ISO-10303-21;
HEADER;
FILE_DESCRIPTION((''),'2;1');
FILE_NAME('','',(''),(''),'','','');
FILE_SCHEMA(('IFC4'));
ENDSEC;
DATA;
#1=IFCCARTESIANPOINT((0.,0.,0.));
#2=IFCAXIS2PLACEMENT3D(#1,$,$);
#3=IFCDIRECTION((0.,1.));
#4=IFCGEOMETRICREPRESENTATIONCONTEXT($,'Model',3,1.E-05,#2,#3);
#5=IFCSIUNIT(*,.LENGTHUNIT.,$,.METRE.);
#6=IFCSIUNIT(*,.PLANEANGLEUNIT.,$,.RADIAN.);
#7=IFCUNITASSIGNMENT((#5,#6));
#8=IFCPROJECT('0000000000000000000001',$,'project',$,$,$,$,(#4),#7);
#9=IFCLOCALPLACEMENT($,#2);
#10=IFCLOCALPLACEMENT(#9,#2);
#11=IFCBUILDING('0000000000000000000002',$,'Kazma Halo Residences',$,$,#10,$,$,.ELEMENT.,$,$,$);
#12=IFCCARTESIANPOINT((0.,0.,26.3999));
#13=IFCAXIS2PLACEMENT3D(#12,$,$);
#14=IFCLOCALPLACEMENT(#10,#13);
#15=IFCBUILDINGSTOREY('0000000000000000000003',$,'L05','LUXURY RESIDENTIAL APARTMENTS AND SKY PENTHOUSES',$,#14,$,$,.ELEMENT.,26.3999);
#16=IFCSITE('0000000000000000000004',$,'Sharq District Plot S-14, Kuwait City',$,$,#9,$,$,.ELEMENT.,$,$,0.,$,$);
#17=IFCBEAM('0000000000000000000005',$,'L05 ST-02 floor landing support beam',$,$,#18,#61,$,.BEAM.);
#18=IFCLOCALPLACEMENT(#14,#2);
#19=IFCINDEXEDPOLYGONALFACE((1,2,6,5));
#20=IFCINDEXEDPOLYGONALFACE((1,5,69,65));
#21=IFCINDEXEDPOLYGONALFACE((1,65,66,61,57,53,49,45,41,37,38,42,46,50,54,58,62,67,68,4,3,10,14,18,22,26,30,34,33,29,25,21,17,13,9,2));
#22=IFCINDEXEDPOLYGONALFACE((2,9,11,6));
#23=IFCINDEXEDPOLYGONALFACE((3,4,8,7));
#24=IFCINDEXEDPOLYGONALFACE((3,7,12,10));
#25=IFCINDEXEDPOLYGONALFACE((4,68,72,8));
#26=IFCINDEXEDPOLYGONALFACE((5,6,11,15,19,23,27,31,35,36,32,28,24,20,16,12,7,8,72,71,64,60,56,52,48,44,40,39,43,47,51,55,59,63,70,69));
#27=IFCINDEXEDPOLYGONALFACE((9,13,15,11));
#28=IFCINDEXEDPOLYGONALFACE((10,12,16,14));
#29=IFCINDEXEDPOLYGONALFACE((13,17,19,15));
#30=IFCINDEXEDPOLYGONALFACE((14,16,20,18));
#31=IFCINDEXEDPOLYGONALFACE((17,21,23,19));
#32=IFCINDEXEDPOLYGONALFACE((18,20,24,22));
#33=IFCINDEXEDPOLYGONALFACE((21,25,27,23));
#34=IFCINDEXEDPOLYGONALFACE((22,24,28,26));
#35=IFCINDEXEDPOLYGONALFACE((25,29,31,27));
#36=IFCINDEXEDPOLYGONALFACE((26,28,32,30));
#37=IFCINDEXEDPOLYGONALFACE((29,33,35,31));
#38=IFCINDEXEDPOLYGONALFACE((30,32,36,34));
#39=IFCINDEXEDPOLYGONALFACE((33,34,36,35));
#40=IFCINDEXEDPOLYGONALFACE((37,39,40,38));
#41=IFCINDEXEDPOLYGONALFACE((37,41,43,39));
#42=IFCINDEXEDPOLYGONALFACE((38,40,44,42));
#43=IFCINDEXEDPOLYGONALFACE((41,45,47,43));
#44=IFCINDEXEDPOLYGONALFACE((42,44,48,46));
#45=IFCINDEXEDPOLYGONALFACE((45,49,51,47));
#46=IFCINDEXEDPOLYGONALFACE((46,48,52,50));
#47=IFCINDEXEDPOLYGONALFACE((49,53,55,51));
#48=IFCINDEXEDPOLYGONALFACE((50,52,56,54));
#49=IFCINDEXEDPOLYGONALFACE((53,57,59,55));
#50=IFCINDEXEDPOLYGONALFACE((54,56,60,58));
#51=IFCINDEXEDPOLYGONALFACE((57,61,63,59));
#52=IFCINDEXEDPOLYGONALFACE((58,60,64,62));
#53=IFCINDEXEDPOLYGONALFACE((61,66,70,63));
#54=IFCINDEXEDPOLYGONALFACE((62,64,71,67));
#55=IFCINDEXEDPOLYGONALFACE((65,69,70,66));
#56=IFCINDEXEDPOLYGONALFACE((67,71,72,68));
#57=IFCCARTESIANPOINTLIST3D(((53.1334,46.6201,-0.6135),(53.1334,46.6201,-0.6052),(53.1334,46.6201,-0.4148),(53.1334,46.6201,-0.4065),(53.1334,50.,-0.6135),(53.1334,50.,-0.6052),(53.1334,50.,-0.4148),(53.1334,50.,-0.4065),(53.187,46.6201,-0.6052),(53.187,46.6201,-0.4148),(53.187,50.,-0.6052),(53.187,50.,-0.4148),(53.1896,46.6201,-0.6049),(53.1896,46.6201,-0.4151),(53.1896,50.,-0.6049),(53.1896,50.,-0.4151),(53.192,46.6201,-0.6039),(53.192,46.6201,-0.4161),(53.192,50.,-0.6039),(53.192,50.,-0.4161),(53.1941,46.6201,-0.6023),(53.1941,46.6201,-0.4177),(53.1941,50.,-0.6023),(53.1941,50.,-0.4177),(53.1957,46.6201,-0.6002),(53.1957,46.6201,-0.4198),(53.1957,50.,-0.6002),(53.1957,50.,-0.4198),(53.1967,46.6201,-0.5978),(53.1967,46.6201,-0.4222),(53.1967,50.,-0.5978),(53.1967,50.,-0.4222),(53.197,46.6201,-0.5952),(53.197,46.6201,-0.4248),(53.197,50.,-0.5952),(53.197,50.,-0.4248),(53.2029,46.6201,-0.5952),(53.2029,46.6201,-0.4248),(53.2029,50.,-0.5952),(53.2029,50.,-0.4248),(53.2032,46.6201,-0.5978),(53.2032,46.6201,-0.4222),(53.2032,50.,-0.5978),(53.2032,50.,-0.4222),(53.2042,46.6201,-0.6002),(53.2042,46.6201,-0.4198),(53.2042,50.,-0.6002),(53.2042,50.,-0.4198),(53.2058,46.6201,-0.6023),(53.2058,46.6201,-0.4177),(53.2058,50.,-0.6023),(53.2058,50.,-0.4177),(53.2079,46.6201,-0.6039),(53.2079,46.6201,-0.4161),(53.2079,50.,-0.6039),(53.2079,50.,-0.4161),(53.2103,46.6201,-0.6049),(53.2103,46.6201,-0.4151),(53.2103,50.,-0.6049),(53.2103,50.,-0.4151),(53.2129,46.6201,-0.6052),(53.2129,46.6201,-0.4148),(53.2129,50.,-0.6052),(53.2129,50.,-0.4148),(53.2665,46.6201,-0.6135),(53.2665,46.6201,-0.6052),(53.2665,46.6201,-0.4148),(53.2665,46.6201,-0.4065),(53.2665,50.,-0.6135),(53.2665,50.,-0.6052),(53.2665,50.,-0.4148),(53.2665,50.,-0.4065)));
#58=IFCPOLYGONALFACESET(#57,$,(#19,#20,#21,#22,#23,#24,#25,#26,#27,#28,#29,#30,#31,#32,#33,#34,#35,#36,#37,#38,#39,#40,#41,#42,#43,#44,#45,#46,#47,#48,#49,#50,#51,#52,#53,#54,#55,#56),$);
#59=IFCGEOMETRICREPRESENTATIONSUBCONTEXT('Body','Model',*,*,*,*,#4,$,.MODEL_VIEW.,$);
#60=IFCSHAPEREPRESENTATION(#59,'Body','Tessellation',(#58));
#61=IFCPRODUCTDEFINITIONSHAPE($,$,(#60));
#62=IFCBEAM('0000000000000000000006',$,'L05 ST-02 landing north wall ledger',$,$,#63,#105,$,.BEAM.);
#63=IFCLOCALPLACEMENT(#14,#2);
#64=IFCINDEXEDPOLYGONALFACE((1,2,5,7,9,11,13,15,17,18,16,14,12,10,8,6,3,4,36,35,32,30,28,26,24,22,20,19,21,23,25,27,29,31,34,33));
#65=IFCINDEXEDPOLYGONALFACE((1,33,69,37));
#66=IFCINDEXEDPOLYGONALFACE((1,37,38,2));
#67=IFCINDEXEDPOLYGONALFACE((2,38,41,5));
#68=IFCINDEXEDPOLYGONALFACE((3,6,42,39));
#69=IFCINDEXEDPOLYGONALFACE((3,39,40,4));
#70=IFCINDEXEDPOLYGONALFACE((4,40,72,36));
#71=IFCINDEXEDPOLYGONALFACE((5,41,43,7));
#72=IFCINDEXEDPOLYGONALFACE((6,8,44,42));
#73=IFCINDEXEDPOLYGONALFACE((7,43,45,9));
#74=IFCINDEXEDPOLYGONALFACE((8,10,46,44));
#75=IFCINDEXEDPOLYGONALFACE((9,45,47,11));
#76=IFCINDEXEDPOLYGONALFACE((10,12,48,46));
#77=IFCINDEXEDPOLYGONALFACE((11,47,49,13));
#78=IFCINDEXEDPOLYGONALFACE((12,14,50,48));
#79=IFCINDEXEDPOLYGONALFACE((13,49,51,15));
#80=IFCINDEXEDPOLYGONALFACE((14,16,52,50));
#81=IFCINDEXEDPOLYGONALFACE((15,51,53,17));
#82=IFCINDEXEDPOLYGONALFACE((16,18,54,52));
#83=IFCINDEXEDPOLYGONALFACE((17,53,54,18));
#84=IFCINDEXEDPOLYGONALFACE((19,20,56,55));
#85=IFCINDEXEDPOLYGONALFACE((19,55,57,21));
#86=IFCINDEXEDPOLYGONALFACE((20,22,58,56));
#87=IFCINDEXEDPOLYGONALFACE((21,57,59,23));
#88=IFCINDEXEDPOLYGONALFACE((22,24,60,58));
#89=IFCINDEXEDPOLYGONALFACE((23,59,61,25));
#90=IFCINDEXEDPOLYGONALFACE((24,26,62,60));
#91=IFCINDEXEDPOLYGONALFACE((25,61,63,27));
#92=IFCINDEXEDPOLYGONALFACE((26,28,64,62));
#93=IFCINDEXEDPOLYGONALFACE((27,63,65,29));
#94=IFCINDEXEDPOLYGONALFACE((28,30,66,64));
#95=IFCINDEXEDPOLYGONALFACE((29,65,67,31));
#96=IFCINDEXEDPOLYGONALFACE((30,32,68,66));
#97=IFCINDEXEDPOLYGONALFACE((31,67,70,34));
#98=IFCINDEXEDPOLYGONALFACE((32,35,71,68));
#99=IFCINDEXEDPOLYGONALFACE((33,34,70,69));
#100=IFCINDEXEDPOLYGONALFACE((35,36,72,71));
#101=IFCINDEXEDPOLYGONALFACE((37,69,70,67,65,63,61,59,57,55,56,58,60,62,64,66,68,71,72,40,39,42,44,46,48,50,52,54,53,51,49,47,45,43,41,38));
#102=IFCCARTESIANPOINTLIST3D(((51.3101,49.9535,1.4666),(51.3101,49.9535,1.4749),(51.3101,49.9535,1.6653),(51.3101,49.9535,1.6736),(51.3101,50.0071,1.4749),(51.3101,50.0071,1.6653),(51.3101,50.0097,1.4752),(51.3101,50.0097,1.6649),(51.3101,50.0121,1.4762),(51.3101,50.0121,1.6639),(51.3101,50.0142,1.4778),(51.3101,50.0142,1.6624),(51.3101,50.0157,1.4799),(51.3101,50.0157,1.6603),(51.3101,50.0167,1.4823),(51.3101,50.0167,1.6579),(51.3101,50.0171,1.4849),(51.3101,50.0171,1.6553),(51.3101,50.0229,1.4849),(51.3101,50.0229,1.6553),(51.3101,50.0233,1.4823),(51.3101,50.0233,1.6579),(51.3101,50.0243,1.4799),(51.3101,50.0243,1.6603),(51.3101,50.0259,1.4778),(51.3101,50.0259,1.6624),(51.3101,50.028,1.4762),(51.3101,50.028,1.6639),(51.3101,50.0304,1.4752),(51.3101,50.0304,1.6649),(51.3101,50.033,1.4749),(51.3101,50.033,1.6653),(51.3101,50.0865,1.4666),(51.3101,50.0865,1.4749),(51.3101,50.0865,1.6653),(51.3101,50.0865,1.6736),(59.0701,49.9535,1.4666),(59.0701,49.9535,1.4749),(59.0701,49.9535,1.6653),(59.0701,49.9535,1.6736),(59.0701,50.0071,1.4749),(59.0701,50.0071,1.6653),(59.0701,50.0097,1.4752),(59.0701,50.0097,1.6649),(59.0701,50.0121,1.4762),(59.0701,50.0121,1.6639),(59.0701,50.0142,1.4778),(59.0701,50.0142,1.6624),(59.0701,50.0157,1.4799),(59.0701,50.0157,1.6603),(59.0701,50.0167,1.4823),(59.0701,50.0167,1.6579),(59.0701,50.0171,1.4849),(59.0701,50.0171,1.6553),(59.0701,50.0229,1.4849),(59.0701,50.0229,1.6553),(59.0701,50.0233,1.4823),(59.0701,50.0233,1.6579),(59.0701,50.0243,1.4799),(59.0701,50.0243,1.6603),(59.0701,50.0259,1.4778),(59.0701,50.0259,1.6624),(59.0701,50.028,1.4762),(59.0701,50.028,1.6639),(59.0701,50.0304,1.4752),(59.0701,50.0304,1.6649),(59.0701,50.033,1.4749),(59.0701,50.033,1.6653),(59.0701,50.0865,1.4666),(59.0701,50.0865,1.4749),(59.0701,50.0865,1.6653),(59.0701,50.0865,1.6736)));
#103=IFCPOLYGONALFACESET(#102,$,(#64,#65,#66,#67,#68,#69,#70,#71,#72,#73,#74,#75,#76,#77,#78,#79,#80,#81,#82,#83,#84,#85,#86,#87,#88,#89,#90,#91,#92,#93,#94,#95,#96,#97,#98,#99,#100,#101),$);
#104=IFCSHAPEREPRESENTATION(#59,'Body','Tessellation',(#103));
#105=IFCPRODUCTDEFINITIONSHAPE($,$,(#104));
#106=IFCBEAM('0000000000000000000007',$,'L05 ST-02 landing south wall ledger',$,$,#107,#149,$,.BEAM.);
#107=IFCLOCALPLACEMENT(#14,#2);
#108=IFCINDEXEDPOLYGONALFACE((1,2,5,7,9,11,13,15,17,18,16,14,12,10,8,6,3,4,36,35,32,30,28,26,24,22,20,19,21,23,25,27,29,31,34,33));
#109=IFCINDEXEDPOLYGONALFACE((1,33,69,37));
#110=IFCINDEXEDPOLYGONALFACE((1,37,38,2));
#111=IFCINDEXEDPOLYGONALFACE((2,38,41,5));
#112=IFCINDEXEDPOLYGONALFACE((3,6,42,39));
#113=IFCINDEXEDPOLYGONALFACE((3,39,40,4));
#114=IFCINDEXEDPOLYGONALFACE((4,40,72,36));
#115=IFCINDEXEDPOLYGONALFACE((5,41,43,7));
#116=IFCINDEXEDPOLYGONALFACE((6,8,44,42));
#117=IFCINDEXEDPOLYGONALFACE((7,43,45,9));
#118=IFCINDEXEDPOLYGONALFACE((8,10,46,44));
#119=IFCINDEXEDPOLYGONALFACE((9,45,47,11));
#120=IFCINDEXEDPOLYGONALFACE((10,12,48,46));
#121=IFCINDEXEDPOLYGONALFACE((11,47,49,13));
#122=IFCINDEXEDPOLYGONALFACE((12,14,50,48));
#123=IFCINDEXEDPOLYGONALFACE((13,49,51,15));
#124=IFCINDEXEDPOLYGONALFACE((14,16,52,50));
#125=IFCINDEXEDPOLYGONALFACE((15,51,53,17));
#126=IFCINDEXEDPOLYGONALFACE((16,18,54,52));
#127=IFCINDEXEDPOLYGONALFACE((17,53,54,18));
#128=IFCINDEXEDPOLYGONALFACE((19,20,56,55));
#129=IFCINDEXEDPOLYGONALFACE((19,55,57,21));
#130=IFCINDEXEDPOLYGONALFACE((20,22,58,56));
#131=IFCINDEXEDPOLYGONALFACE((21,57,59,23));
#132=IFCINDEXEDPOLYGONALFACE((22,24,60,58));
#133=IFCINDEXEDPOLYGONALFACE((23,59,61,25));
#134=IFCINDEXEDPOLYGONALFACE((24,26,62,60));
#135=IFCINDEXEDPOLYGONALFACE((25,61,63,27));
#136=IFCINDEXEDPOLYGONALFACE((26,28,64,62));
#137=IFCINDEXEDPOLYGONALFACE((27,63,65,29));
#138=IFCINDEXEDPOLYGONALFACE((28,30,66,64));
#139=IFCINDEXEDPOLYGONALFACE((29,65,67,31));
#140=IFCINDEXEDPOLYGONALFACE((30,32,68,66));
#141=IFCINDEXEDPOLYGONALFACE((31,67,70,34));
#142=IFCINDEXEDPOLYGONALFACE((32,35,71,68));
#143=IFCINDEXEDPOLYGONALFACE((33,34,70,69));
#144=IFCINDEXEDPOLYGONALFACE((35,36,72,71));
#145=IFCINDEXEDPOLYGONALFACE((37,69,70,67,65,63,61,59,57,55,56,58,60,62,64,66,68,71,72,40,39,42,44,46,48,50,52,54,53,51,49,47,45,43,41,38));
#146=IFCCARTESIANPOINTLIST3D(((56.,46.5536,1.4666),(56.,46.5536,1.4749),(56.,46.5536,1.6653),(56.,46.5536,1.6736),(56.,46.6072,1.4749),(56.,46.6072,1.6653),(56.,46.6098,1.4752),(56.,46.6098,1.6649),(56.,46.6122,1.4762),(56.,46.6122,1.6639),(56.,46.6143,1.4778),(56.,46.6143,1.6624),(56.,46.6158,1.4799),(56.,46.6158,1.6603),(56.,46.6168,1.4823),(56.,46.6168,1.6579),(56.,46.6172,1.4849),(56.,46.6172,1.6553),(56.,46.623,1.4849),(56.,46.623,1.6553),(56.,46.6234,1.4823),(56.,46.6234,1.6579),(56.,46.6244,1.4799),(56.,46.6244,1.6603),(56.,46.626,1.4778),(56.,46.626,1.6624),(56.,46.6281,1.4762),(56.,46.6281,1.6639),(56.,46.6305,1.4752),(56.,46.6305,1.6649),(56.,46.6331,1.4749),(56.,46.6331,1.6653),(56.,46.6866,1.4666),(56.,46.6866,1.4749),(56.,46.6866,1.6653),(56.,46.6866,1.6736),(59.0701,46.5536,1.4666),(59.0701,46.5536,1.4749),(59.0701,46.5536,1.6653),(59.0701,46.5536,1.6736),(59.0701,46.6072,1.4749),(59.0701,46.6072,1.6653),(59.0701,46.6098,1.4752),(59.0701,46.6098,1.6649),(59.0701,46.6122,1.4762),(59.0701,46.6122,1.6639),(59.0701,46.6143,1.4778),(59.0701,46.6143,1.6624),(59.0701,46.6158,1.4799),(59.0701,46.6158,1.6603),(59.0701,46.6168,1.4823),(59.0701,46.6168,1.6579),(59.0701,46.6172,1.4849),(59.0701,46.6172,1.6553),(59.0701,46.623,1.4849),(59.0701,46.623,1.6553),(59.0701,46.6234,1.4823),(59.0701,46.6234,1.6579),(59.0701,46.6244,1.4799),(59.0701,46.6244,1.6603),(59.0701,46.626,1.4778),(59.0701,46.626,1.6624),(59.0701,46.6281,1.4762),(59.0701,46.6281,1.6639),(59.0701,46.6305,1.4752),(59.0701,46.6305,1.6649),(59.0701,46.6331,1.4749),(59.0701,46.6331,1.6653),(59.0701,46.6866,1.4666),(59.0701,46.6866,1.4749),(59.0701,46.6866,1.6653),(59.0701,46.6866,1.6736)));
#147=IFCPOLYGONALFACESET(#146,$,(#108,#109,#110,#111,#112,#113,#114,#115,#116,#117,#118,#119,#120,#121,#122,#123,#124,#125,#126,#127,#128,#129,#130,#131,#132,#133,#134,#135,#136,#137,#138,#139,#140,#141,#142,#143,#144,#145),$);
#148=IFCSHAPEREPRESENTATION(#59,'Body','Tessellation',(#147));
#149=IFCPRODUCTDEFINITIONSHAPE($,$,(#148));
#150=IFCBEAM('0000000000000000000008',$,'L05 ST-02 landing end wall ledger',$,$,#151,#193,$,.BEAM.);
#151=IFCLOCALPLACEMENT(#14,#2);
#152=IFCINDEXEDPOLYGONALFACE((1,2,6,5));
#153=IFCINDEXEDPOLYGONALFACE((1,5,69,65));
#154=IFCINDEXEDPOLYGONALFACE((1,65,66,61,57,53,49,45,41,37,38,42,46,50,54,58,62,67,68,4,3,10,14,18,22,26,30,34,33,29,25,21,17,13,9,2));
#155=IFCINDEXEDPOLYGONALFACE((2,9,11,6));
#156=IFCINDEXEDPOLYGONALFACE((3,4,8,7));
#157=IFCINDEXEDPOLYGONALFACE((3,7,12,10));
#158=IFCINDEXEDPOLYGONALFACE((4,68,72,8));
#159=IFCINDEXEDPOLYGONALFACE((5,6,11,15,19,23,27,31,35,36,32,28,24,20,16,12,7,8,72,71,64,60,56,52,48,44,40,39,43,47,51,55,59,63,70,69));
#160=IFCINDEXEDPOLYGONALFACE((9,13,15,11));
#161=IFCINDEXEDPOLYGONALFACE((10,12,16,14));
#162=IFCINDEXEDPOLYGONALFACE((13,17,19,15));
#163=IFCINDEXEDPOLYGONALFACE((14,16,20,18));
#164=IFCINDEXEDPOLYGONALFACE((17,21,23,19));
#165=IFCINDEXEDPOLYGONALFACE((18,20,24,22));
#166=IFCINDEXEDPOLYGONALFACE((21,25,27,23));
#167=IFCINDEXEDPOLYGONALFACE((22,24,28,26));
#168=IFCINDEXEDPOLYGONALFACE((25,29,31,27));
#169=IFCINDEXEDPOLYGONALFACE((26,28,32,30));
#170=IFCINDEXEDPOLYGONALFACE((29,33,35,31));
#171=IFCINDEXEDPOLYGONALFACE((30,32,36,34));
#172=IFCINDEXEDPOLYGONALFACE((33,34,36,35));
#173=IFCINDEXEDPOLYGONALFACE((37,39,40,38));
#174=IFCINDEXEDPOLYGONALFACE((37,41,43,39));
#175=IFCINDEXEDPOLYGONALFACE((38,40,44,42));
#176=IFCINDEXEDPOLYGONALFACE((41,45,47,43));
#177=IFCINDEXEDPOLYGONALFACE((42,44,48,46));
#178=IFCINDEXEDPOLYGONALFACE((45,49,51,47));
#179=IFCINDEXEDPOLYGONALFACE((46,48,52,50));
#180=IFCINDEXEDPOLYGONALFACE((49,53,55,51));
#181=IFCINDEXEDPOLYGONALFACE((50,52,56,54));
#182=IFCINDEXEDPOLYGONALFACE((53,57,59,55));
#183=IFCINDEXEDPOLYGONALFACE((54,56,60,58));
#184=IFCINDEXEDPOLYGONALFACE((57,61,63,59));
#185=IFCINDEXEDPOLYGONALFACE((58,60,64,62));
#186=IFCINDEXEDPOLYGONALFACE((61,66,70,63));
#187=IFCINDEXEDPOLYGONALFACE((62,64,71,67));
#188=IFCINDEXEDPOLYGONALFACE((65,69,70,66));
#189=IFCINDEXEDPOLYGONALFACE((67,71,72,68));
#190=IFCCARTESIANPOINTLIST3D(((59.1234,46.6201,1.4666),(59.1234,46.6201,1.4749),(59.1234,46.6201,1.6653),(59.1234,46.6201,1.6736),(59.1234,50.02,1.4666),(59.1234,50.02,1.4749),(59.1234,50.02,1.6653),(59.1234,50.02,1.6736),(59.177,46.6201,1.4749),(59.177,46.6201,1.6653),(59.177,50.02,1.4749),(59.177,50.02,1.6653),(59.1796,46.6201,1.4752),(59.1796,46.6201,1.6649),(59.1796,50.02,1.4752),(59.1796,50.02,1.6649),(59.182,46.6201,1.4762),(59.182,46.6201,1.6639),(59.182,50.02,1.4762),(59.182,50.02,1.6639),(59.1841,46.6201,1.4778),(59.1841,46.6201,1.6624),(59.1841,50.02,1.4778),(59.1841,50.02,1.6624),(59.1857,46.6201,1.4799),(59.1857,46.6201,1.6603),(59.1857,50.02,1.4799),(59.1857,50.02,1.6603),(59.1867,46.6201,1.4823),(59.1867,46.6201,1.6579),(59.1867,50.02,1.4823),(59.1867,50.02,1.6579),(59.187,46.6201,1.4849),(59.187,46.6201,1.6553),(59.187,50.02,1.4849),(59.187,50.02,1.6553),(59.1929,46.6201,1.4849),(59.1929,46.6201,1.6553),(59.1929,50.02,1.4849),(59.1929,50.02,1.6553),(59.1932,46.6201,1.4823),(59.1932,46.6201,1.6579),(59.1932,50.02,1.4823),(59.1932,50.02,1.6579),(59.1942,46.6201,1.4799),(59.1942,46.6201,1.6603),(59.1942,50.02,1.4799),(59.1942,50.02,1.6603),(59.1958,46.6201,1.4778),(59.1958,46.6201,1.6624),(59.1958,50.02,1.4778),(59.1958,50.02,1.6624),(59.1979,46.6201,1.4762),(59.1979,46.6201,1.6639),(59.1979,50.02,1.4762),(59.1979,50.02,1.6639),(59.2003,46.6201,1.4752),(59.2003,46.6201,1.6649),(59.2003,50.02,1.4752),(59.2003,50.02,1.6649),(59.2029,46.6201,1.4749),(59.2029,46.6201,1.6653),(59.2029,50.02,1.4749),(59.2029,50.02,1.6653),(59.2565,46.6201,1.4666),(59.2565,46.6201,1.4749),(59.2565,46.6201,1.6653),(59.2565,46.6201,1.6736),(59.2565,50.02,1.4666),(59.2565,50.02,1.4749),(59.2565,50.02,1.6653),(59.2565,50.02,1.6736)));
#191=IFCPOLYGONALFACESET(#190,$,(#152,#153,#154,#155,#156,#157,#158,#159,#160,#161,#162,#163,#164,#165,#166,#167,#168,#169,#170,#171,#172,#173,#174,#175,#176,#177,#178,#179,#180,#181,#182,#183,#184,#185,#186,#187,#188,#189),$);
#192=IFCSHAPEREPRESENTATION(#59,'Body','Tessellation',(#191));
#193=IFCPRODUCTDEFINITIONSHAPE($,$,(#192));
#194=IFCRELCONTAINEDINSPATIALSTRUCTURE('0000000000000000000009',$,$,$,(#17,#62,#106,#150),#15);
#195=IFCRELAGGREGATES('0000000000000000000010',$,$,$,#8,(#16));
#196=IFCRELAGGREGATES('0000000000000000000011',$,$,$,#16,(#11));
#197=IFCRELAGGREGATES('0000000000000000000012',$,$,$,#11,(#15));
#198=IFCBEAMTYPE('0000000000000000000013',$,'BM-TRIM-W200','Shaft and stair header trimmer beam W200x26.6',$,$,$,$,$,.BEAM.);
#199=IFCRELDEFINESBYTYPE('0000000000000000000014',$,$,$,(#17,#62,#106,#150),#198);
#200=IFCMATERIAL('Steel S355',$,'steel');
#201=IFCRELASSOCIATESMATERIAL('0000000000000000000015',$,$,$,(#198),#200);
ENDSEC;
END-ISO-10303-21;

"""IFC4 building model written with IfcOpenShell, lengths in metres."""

from ifc_helpers import new_model, si_unit, direction, frame, origin, origin_2d, place, context, subcontext, project, spatial, i_section, extrude, material, material_profile, profile_set, type_object, element, save


model = new_model("IFC4")

# Units and contexts
model_context = context("Model", 3, precision=1e-05, world=origin(), true_north=direction((0.0, 1.0)))
body_context = subcontext(model_context, "Body", "Model", "MODEL_VIEW")
ifc_project = project(units=[si_unit("LENGTHUNIT", "METRE"), si_unit("PLANEANGLEUNIT", "RADIAN")], contexts=[model_context])

# Site, building, storey
site_placement = place(None, origin())
site = spatial("IfcSite", under=ifc_project, at=site_placement, Name="Sharq District Plot S-14, Kuwait City", CompositionType="ELEMENT", RefElevation=0.0)
building_placement = place(site_placement, origin())
building = spatial("IfcBuilding", under=site, at=building_placement, Name="Kazma Halo Residences", CompositionType="ELEMENT")
storey_placement = place(building_placement, frame((0.0, 0.0, 26.3999)))
storey = spatial("IfcBuildingStorey", under=building, at=storey_placement, Name="L05", Description="LUXURY RESIDENTIAL APARTMENTS AND SKY PENTHOUSES", CompositionType="ELEMENT", Elevation=26.3999)

# Shared definitions
ifc_material_1 = material(Name="Steel S355", Category="steel")

# Beams
ifc_material_profile_1 = material_profile(ifc_material_1, i_section(OverallWidth=0.1331, OverallDepth=0.207, WebThickness=0.0059, FlangeThickness=0.0083, FilletRadius=0.01, at=origin_2d()), Name="W200x26.6")
ifc_profile_set_1 = profile_set([ifc_material_profile_1], Name="Steel S355")
beam_type_1 = type_object("IfcBeamType", Name="BM-TRIM-W200", Description="Shaft and stair header trimmer beam W200x26.6", PredefinedType="BEAM", material=ifc_profile_set_1)
beam_1_placement = place(storey_placement, frame((53.2, 46.6201, -0.51), z_axis=(0.0, 1.0, 0.0), x_axis=(-1.0, 0.0, 0.0)))
element("IfcBeam", 1, at=beam_1_placement, inside=storey, type_object=beam_type_1, Name="L05 ST-02 floor landing support beam", PredefinedType="BEAM", context=body_context, shape_type="SweptSolid", body=[
    extrude(i_section(OverallWidth=0.1331, OverallDepth=0.207, WebThickness=0.0059, FlangeThickness=0.0083, FilletRadius=0.01, at=origin_2d()), origin(), (0.0, 0.0, 1.0), 3.3799),
])
beam_2_placement = place(storey_placement, frame((51.3101, 50.02, 1.5701), z_axis=(1.0, 0.0, 0.0), x_axis=(0.0, 1.0, 0.0)))
element("IfcBeam", 2, at=beam_2_placement, inside=storey, type_object=beam_type_1, Name="L05 ST-02 landing north wall ledger", PredefinedType="BEAM", context=body_context, shape_type="SweptSolid", body=[
    extrude(i_section(OverallWidth=0.1331, OverallDepth=0.207, WebThickness=0.0059, FlangeThickness=0.0083, FilletRadius=0.01, at=origin_2d()), origin(), (0.0, 0.0, 1.0), 7.76),
])
beam_3_placement = place(storey_placement, frame((56.0, 46.6201, 1.5701), z_axis=(1.0, 0.0, 0.0), x_axis=(0.0, 1.0, 0.0)))
element("IfcBeam", 3, at=beam_3_placement, inside=storey, type_object=beam_type_1, Name="L05 ST-02 landing south wall ledger", PredefinedType="BEAM", context=body_context, shape_type="SweptSolid", body=[
    extrude(i_section(OverallWidth=0.1331, OverallDepth=0.207, WebThickness=0.0059, FlangeThickness=0.0083, FilletRadius=0.01, at=origin_2d()), origin(), (0.0, 0.0, 1.0), 3.0701),
])
beam_4_placement = place(storey_placement, frame((59.1899, 46.6201, 1.5701), z_axis=(0.0, 1.0, 0.0), x_axis=(-1.0, 0.0, 0.0)))
element("IfcBeam", 4, at=beam_4_placement, inside=storey, type_object=beam_type_1, Name="L05 ST-02 landing end wall ledger", PredefinedType="BEAM", context=body_context, shape_type="SweptSolid", body=[
    extrude(i_section(OverallWidth=0.1331, OverallDepth=0.207, WebThickness=0.0059, FlangeThickness=0.0083, FilletRadius=0.01, at=origin_2d()), origin(), (0.0, 0.0, 1.0), 3.3999),
])

save(model, "model.ifc")
